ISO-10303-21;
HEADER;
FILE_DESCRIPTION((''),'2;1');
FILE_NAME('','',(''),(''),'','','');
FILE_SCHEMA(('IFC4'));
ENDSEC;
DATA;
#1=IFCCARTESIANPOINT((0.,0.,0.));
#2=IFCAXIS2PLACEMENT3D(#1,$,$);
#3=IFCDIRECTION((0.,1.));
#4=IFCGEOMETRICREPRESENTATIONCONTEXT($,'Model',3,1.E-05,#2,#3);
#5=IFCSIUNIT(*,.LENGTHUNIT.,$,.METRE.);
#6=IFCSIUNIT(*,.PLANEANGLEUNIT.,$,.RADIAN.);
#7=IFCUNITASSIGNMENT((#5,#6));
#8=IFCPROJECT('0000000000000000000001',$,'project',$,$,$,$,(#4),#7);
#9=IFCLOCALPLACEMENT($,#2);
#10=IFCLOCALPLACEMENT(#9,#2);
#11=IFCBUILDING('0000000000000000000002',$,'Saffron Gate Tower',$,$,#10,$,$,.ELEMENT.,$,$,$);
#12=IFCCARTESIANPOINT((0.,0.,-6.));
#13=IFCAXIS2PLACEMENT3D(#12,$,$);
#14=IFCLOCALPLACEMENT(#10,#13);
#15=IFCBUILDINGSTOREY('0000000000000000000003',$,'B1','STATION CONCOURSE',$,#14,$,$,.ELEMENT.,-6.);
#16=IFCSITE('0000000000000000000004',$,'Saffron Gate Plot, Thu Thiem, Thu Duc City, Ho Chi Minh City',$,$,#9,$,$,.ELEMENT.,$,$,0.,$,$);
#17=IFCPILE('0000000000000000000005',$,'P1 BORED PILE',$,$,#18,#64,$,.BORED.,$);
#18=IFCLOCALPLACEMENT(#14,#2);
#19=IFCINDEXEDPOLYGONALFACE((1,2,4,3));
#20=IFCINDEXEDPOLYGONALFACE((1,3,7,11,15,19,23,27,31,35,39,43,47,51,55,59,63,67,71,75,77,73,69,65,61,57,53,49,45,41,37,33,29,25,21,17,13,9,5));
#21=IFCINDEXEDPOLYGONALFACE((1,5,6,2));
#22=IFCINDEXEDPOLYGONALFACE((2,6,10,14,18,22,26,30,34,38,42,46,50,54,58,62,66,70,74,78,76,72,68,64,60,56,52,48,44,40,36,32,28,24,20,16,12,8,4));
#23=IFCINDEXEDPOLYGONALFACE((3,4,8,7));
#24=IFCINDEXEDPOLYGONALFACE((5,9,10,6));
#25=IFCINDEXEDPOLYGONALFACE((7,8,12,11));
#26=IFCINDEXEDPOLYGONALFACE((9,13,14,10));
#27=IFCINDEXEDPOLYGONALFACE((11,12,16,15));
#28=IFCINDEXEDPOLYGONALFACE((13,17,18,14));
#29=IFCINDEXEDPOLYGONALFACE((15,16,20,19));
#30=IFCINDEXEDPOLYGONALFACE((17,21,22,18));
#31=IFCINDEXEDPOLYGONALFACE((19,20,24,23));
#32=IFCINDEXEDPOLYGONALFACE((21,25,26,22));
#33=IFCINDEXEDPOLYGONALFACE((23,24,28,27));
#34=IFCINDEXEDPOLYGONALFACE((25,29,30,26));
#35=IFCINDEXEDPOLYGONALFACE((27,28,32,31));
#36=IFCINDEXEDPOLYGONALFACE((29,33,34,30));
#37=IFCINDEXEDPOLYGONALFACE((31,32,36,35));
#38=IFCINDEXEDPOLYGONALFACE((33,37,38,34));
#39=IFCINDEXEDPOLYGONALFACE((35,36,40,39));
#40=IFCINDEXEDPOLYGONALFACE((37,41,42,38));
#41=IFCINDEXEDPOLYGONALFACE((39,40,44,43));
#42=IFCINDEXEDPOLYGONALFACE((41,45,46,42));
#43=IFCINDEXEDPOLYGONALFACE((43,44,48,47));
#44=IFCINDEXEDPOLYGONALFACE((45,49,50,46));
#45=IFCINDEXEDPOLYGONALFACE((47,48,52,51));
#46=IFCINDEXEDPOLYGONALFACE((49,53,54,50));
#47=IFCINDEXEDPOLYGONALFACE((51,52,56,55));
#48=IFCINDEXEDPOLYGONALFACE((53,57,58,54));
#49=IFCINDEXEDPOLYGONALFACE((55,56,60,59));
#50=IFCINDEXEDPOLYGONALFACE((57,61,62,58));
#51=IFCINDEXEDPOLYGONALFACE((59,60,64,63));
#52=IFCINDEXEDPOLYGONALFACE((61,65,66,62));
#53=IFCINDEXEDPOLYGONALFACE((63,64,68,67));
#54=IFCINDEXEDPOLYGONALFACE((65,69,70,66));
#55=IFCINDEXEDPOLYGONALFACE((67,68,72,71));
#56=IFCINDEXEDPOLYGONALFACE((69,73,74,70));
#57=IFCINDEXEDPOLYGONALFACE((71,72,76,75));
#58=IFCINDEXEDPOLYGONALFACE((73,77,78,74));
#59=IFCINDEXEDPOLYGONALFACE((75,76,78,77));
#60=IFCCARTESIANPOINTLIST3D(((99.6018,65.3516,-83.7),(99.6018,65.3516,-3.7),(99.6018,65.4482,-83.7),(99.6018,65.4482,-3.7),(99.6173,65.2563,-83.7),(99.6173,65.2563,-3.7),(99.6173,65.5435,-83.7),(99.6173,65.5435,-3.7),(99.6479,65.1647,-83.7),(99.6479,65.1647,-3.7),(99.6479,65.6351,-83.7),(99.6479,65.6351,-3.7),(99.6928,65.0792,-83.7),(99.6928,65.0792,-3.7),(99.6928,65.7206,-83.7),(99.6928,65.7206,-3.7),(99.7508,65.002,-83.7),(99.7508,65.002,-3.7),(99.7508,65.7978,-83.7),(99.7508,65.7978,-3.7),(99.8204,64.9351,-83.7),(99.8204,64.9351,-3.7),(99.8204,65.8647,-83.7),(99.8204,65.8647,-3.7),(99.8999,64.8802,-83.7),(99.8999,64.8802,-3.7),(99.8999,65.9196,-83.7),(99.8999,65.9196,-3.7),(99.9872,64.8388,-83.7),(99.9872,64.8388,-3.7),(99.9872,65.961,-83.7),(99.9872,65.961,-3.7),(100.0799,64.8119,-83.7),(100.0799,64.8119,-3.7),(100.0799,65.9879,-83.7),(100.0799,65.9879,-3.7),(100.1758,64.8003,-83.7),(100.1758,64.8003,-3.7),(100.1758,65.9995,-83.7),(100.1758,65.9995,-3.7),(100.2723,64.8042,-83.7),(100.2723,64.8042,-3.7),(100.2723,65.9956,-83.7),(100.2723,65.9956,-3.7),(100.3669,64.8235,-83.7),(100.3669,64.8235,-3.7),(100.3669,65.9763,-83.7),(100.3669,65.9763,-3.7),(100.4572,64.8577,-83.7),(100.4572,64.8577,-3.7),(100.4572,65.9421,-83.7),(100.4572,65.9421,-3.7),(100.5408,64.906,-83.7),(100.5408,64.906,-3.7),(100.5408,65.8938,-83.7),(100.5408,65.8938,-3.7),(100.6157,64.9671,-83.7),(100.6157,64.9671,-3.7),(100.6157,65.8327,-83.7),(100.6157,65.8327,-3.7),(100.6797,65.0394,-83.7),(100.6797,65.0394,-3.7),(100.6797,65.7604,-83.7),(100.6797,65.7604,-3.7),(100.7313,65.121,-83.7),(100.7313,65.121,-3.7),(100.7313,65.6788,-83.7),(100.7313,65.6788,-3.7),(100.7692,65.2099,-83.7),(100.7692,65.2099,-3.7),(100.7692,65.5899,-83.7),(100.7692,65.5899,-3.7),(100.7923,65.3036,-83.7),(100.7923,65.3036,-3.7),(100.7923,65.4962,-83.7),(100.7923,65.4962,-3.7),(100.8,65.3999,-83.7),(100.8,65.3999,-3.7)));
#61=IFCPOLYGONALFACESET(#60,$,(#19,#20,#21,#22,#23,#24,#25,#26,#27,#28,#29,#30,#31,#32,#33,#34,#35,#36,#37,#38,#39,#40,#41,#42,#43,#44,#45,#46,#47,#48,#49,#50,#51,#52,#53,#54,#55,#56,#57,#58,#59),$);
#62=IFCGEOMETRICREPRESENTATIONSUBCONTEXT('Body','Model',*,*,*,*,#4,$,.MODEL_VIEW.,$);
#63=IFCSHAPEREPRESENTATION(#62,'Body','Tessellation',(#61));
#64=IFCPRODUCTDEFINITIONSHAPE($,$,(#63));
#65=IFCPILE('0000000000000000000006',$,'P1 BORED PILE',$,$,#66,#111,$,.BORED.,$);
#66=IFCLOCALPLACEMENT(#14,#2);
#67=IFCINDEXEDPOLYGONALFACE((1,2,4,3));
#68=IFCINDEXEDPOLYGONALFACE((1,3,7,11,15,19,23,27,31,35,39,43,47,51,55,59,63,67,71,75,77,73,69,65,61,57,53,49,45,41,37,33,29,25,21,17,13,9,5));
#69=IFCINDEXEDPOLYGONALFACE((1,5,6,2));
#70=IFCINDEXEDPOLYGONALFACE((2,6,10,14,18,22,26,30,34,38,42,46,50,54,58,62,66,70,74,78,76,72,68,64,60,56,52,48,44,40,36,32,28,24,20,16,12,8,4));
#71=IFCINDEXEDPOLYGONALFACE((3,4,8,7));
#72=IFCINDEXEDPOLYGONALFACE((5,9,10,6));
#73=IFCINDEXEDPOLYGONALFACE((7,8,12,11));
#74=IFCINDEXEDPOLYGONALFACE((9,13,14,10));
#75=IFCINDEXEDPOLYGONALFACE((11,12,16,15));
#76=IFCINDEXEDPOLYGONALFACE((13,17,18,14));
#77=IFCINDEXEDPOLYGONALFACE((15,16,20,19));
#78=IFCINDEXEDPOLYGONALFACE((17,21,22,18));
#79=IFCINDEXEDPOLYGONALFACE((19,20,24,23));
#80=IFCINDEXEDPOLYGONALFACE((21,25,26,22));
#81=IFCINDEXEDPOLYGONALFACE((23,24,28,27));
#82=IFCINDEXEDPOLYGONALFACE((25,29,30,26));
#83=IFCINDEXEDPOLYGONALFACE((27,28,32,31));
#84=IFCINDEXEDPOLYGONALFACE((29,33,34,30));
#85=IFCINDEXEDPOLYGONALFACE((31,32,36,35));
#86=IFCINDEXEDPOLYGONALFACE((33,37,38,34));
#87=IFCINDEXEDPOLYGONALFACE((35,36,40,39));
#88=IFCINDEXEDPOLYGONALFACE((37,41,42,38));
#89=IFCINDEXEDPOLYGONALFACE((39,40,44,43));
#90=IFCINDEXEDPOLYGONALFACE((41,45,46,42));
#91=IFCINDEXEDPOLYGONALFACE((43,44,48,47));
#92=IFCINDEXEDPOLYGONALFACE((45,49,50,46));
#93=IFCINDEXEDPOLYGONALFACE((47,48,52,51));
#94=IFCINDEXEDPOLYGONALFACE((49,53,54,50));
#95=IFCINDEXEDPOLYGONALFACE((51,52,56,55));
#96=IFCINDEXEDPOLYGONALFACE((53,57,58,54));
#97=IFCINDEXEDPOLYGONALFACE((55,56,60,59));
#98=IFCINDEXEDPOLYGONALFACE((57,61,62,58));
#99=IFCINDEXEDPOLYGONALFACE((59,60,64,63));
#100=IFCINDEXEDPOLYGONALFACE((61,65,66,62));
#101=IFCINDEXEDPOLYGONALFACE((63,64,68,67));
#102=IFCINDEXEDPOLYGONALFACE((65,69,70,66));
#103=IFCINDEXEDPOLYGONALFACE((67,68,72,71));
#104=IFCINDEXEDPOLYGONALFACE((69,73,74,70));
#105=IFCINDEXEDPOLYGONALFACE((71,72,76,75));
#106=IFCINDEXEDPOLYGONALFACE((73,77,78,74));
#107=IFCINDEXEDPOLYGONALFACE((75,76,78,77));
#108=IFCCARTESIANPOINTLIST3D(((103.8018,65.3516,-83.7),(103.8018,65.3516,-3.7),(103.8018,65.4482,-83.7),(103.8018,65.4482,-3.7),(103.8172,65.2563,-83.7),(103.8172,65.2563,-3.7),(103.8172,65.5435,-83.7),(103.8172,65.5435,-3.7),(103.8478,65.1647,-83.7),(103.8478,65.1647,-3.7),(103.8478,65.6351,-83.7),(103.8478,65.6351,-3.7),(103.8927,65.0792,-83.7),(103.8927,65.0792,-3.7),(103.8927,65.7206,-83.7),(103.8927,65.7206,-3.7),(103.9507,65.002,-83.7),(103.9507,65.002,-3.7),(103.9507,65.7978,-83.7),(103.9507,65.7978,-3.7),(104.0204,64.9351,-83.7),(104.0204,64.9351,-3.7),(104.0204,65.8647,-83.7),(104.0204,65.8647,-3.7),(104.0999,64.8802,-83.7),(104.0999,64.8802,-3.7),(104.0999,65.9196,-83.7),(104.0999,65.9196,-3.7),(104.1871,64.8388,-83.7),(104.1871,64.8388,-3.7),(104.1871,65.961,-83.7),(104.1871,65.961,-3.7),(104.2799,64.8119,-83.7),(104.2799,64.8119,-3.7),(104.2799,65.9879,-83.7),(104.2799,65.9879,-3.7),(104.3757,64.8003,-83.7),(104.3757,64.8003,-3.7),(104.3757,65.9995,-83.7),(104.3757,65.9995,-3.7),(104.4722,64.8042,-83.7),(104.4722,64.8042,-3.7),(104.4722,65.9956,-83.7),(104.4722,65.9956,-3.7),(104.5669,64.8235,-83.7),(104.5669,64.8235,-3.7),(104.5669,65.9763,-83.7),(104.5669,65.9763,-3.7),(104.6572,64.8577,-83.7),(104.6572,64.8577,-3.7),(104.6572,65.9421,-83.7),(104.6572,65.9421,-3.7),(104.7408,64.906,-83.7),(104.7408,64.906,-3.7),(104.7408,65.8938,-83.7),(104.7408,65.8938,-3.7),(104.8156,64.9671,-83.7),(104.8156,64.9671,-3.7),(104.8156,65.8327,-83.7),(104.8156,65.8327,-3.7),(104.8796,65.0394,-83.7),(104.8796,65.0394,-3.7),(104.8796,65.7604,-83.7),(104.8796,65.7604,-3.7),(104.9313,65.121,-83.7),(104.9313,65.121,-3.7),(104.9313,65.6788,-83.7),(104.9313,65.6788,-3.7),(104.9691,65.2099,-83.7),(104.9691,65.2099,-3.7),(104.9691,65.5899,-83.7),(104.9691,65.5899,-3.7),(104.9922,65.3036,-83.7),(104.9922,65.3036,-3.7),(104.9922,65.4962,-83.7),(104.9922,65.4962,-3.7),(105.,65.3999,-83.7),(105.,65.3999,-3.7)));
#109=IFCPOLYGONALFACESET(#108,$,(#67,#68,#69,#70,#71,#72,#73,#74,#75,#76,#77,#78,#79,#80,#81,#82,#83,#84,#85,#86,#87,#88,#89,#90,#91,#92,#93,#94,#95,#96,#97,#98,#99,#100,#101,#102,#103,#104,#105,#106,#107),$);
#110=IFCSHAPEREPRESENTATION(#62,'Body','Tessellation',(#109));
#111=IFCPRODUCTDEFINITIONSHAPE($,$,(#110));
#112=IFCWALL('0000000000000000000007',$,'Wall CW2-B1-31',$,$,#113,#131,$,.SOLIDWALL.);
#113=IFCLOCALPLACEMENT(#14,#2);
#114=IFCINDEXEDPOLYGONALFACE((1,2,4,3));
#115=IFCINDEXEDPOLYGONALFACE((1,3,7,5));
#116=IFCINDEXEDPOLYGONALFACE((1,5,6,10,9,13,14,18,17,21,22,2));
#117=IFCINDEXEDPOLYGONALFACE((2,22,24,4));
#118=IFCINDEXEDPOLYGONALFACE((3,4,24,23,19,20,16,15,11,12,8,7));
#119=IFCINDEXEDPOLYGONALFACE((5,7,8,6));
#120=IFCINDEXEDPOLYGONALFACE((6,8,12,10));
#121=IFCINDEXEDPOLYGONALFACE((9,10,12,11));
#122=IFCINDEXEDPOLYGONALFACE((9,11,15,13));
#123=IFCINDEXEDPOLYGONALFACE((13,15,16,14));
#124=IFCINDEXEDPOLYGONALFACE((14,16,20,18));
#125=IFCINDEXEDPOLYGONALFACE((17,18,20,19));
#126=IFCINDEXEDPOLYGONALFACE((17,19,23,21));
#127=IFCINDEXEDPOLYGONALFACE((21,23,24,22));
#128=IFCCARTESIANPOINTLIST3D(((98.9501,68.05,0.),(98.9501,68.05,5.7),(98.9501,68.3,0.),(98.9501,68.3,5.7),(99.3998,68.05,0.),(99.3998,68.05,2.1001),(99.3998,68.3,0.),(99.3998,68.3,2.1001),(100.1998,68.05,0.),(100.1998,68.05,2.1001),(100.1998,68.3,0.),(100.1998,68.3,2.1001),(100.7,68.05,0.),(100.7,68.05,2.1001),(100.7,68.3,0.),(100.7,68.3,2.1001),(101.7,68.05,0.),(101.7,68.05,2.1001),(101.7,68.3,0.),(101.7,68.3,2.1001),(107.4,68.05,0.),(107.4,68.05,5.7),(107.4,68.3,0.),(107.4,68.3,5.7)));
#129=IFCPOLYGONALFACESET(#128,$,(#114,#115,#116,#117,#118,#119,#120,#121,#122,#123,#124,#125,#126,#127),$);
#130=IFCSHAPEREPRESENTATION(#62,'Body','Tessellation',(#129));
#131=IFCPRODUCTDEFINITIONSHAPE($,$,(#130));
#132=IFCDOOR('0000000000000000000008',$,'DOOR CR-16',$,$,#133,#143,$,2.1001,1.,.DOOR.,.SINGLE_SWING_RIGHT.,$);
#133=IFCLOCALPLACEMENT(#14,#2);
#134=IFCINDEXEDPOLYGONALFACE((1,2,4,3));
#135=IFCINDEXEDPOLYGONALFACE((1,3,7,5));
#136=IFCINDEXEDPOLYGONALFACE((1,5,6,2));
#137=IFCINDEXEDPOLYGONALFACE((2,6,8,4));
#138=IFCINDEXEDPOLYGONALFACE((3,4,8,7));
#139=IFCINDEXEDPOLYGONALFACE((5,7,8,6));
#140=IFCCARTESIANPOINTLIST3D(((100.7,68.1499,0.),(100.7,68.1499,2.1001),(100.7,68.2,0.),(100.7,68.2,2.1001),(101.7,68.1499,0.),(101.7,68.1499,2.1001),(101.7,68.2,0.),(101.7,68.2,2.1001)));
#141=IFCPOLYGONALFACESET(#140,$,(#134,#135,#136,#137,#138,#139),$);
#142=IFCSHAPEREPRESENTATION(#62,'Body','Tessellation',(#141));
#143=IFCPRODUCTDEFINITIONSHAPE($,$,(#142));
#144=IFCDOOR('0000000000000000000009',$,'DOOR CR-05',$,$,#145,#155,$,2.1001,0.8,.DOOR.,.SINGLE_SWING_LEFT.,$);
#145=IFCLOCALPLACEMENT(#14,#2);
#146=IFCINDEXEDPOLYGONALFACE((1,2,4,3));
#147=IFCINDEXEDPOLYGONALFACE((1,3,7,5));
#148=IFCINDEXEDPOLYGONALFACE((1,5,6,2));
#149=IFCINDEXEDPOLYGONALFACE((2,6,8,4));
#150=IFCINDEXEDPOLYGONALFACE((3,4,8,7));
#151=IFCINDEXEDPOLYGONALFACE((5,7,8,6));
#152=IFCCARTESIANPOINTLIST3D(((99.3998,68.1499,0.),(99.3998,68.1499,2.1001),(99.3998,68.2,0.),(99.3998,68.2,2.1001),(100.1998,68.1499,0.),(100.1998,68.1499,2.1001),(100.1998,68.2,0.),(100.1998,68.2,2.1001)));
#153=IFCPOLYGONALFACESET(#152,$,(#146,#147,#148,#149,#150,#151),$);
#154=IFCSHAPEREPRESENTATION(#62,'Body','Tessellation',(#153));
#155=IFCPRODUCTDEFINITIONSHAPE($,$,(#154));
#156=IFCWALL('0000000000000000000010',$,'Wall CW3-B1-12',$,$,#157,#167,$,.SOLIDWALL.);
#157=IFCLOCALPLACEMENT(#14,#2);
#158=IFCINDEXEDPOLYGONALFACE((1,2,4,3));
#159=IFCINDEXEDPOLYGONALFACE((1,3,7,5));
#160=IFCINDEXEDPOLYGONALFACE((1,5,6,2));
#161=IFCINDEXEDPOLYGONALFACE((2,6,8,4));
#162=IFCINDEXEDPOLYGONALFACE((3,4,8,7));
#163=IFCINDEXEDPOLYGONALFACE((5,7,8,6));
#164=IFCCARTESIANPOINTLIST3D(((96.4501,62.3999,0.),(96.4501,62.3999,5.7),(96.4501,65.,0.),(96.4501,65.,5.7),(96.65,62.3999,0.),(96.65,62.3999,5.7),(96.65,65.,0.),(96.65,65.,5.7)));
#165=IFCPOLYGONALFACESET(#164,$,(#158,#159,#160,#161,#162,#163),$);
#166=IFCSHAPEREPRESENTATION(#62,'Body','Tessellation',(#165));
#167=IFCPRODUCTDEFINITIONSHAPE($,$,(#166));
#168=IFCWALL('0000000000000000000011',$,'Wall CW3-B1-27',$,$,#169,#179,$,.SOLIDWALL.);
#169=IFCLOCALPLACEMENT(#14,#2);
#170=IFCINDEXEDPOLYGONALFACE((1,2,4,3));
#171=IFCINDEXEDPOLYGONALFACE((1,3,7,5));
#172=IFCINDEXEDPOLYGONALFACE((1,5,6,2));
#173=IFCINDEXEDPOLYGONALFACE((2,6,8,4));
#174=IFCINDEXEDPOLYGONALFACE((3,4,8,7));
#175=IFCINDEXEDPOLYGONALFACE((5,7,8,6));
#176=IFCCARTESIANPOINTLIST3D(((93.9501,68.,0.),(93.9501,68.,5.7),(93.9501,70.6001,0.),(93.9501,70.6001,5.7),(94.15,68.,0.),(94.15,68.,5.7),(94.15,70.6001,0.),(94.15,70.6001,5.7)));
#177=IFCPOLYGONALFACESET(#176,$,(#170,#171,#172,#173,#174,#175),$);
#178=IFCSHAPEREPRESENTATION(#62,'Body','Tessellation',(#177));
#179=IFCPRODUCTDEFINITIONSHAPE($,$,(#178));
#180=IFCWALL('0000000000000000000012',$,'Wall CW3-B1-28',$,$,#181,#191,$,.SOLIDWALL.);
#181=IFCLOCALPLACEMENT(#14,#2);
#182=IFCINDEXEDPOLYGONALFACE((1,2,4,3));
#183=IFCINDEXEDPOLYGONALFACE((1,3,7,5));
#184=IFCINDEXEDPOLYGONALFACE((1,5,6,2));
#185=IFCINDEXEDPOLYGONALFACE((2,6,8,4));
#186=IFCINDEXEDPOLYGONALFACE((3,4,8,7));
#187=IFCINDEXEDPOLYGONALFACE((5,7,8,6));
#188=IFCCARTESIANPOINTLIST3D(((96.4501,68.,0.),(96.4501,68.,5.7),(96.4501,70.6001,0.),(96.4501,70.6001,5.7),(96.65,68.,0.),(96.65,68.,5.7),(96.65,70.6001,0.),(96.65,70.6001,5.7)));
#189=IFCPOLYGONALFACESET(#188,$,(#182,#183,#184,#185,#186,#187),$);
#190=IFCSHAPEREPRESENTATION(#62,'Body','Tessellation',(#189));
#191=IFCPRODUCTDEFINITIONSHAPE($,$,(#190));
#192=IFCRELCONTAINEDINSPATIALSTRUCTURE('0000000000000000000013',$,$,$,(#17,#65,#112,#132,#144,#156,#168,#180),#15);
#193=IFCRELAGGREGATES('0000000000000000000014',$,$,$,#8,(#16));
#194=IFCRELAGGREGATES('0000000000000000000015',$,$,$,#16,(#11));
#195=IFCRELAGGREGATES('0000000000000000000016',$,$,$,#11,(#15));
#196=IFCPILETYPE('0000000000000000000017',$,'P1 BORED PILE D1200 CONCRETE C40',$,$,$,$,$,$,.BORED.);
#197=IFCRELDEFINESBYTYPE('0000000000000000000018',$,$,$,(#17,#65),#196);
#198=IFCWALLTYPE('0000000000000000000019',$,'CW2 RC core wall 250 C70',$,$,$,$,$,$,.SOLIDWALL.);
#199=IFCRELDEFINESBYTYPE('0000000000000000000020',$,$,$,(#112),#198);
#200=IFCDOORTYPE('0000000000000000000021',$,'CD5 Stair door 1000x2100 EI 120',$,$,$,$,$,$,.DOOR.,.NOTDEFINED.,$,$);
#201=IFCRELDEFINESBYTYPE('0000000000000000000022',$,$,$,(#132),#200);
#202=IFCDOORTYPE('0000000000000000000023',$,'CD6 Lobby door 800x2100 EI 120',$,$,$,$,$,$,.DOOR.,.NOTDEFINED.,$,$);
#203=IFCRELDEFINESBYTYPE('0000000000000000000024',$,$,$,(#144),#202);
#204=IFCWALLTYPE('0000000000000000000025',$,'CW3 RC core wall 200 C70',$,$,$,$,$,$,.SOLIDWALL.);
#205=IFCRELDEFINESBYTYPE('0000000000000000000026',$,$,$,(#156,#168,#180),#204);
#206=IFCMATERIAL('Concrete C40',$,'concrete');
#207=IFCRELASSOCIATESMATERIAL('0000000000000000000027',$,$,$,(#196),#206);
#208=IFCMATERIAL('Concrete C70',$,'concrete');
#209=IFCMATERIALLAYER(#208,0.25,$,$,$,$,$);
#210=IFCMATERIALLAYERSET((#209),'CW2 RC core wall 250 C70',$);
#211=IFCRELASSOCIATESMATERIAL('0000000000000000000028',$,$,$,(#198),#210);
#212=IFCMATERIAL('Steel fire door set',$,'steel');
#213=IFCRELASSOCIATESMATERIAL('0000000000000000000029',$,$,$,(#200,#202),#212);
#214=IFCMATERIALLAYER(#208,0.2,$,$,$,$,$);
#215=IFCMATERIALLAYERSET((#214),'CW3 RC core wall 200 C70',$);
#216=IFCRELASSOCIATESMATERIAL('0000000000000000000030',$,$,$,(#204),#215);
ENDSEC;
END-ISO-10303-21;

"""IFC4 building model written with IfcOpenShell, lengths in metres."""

from ifc_helpers import new_model, si_unit, direction, frame, frame_2d, origin, origin_2d, place, context, subcontext, project, spatial, rectangle, circle, extrude, material, layer, layer_set, material_profile, profile_set, type_object, element, fill, save


model = new_model("IFC4")

# Units and contexts
model_context = context("Model", 3, precision=1e-05, world=origin(), true_north=direction((0.0, 1.0)))
body_context = subcontext(model_context, "Body", "Model", "MODEL_VIEW")
ifc_project = project(units=[si_unit("LENGTHUNIT", "METRE"), si_unit("PLANEANGLEUNIT", "RADIAN")], contexts=[model_context])

# Site, building, storey
site_placement = place(None, origin())
site = spatial("IfcSite", under=ifc_project, at=site_placement, Name="Saffron Gate Plot, Thu Thiem, Thu Duc City, Ho Chi Minh City", CompositionType="ELEMENT", RefElevation=0.0)
building_placement = place(site_placement, origin())
building = spatial("IfcBuilding", under=site, at=building_placement, Name="Saffron Gate Tower", CompositionType="ELEMENT")
storey_placement = place(building_placement, frame((0.0, 0.0, -6.0)))
storey = spatial("IfcBuildingStorey", under=building, at=storey_placement, Name="B1", Description="STATION CONCOURSE", CompositionType="ELEMENT", Elevation=-6.0)

# Piles
ifc_material_1 = material(Name="Concrete C40", Category="concrete")
ifc_material_profile = material_profile(ifc_material_1, circle(Radius=0.6001, at=origin_2d()))
ifc_profile_set = profile_set([ifc_material_profile], Name="Concrete C40")
pile_type = type_object("IfcPileType", Name="P1 BORED PILE D1200 CONCRETE C40", PredefinedType="BORED", material=ifc_profile_set)
for number, where, z_axis, x_axis, name in (
    (1, (100.2, 65.3999, -3.7), (0.0, 0.0, -1.0), (1.0, 0.0, 0.0), "P1 BORED PILE"),
    (2, (104.3999, 65.3999, -3.7), (0.0, 0.0, -1.0), (1.0, 0.0, 0.0), "P1 BORED PILE"),
):
    element("IfcPile", number, at=place(storey_placement, frame(where, z_axis=z_axis, x_axis=x_axis)), inside=storey, type_object=pile_type, Name=name, PredefinedType="BORED", context=body_context, shape_type="SweptSolid", body=[
        extrude(circle(Radius=0.6001, at=origin_2d()), origin(), (0.0, 0.0, 1.0), 80.0),
    ])

# Wall, openings, doors
ifc_material_2 = material(Name="Concrete C70", Category="concrete")
ifc_layer_1 = layer(ifc_material_2, 0.25)
ifc_layer_set_1 = layer_set([ifc_layer_1], Name="CW2 RC core wall 250 C70")
wall_type_1 = type_object("IfcWallType", Name="CW2 RC core wall 250 C70", PredefinedType="SOLIDWALL", material=ifc_layer_set_1)
wall_1_placement = place(storey_placement, frame((98.95, 68.175, 0.0), z_axis=(0.0, 0.0, 1.0), x_axis=(1.0, 0.0, 0.0)))
wall_1 = element("IfcWall", 3, at=wall_1_placement, inside=storey, type_object=wall_type_1, Name="Wall CW2-B1-31", PredefinedType="SOLIDWALL", context=body_context, shape_type="SweptSolid", body=[
    extrude(rectangle(XDim=8.45, YDim=0.25, at=frame_2d((4.2251, 0.0))), origin(), (0.0, 0.0, 1.0), 5.7),
])
opening_1_placement = place(wall_1_placement, frame((0.45, 0.0, 0.0)))
opening_1 = element("IfcOpeningElement", 4, at=opening_1_placement, cuts=wall_1, PredefinedType="OPENING", context=body_context, shape_type="SweptSolid", body=[
    extrude(rectangle(XDim=0.8, YDim=2.1001, at=frame_2d((0.3999, 1.05))), frame((0.0, 0.135, 0.0), z_axis=(0.0, -1.0, 0.0), x_axis=(1.0, 0.0, 0.0)), (0.0, 0.0, 1.0), 0.27),
])
opening_2_placement = place(wall_1_placement, frame((1.75, 0.0, 0.0)))
opening_2 = element("IfcOpeningElement", 5, at=opening_2_placement, cuts=wall_1, PredefinedType="OPENING", context=body_context, shape_type="SweptSolid", body=[
    extrude(rectangle(XDim=1.0, YDim=2.1001, at=frame_2d((0.5, 1.05))), frame((0.0, 0.135, 0.0), z_axis=(0.0, -1.0, 0.0), x_axis=(1.0, 0.0, 0.0)), (0.0, 0.0, 1.0), 0.27),
])
ifc_material_3 = material(Name="Steel fire door set", Category="steel")
door_type_1 = type_object("IfcDoorType", Name="CD5 Stair door 1000x2100 EI 120", OperationType="NOTDEFINED", PredefinedType="DOOR", material=ifc_material_3)
door_1_placement = place(opening_2_placement, origin())
door_1 = element("IfcDoor", 6, at=door_1_placement, inside=storey, type_object=door_type_1, Name="DOOR CR-16", OperationType="SINGLE_SWING_RIGHT", OverallHeight=2.1001, OverallWidth=1.0, PredefinedType="DOOR", context=body_context, shape_type="SweptSolid", body=[
    extrude(rectangle(XDim=1.0, YDim=2.1001, at=frame_2d((0.5, 1.05))), frame((0.0, 0.0249, 0.0), z_axis=(0.0, -1.0, 0.0), x_axis=(1.0, 0.0, 0.0)), (0.0, 0.0, 1.0), 0.05),
])
fill(opening_2, door_1)
door_type_2 = type_object("IfcDoorType", Name="CD6 Lobby door 800x2100 EI 120", OperationType="NOTDEFINED", PredefinedType="DOOR", material=ifc_material_3)
door_2_placement = place(opening_1_placement, origin())
door_2 = element("IfcDoor", 7, at=door_2_placement, inside=storey, type_object=door_type_2, Name="DOOR CR-05", OperationType="SINGLE_SWING_LEFT", OverallHeight=2.1001, OverallWidth=0.8, PredefinedType="DOOR", context=body_context, shape_type="SweptSolid", body=[
    extrude(rectangle(XDim=0.8, YDim=2.1001, at=frame_2d((0.3999, 1.05))), frame((0.0, 0.0249, 0.0), z_axis=(0.0, -1.0, 0.0), x_axis=(1.0, 0.0, 0.0)), (0.0, 0.0, 1.0), 0.05),
])
fill(opening_1, door_2)

# Walls
ifc_layer_2 = layer(ifc_material_2, 0.2)
ifc_layer_set_2 = layer_set([ifc_layer_2], Name="CW3 RC core wall 200 C70")
wall_type_2 = type_object("IfcWallType", Name="CW3 RC core wall 200 C70", PredefinedType="SOLIDWALL", material=ifc_layer_set_2)
for number, where, z_axis, x_axis, name in (
    (8, (96.55, 62.3999, 0.0), (0.0, 0.0, 1.0), (0.0, 1.0, 0.0), "Wall CW3-B1-12"),
    (9, (94.05, 68.0, 0.0), (0.0, 0.0, 1.0), (0.0, 1.0, 0.0), "Wall CW3-B1-27"),
    (10, (96.55, 68.0, 0.0), (0.0, 0.0, 1.0), (0.0, 1.0, 0.0), "Wall CW3-B1-28"),
):
    element("IfcWall", number, at=place(storey_placement, frame(where, z_axis=z_axis, x_axis=x_axis)), inside=storey, type_object=wall_type_2, Name=name, PredefinedType="SOLIDWALL", context=body_context, shape_type="SweptSolid", body=[
        extrude(rectangle(XDim=2.6001, YDim=0.2, at=frame_2d((1.3, 0.0))), origin(), (0.0, 0.0, 1.0), 5.7),
    ])

save(model, "model.ifc")
